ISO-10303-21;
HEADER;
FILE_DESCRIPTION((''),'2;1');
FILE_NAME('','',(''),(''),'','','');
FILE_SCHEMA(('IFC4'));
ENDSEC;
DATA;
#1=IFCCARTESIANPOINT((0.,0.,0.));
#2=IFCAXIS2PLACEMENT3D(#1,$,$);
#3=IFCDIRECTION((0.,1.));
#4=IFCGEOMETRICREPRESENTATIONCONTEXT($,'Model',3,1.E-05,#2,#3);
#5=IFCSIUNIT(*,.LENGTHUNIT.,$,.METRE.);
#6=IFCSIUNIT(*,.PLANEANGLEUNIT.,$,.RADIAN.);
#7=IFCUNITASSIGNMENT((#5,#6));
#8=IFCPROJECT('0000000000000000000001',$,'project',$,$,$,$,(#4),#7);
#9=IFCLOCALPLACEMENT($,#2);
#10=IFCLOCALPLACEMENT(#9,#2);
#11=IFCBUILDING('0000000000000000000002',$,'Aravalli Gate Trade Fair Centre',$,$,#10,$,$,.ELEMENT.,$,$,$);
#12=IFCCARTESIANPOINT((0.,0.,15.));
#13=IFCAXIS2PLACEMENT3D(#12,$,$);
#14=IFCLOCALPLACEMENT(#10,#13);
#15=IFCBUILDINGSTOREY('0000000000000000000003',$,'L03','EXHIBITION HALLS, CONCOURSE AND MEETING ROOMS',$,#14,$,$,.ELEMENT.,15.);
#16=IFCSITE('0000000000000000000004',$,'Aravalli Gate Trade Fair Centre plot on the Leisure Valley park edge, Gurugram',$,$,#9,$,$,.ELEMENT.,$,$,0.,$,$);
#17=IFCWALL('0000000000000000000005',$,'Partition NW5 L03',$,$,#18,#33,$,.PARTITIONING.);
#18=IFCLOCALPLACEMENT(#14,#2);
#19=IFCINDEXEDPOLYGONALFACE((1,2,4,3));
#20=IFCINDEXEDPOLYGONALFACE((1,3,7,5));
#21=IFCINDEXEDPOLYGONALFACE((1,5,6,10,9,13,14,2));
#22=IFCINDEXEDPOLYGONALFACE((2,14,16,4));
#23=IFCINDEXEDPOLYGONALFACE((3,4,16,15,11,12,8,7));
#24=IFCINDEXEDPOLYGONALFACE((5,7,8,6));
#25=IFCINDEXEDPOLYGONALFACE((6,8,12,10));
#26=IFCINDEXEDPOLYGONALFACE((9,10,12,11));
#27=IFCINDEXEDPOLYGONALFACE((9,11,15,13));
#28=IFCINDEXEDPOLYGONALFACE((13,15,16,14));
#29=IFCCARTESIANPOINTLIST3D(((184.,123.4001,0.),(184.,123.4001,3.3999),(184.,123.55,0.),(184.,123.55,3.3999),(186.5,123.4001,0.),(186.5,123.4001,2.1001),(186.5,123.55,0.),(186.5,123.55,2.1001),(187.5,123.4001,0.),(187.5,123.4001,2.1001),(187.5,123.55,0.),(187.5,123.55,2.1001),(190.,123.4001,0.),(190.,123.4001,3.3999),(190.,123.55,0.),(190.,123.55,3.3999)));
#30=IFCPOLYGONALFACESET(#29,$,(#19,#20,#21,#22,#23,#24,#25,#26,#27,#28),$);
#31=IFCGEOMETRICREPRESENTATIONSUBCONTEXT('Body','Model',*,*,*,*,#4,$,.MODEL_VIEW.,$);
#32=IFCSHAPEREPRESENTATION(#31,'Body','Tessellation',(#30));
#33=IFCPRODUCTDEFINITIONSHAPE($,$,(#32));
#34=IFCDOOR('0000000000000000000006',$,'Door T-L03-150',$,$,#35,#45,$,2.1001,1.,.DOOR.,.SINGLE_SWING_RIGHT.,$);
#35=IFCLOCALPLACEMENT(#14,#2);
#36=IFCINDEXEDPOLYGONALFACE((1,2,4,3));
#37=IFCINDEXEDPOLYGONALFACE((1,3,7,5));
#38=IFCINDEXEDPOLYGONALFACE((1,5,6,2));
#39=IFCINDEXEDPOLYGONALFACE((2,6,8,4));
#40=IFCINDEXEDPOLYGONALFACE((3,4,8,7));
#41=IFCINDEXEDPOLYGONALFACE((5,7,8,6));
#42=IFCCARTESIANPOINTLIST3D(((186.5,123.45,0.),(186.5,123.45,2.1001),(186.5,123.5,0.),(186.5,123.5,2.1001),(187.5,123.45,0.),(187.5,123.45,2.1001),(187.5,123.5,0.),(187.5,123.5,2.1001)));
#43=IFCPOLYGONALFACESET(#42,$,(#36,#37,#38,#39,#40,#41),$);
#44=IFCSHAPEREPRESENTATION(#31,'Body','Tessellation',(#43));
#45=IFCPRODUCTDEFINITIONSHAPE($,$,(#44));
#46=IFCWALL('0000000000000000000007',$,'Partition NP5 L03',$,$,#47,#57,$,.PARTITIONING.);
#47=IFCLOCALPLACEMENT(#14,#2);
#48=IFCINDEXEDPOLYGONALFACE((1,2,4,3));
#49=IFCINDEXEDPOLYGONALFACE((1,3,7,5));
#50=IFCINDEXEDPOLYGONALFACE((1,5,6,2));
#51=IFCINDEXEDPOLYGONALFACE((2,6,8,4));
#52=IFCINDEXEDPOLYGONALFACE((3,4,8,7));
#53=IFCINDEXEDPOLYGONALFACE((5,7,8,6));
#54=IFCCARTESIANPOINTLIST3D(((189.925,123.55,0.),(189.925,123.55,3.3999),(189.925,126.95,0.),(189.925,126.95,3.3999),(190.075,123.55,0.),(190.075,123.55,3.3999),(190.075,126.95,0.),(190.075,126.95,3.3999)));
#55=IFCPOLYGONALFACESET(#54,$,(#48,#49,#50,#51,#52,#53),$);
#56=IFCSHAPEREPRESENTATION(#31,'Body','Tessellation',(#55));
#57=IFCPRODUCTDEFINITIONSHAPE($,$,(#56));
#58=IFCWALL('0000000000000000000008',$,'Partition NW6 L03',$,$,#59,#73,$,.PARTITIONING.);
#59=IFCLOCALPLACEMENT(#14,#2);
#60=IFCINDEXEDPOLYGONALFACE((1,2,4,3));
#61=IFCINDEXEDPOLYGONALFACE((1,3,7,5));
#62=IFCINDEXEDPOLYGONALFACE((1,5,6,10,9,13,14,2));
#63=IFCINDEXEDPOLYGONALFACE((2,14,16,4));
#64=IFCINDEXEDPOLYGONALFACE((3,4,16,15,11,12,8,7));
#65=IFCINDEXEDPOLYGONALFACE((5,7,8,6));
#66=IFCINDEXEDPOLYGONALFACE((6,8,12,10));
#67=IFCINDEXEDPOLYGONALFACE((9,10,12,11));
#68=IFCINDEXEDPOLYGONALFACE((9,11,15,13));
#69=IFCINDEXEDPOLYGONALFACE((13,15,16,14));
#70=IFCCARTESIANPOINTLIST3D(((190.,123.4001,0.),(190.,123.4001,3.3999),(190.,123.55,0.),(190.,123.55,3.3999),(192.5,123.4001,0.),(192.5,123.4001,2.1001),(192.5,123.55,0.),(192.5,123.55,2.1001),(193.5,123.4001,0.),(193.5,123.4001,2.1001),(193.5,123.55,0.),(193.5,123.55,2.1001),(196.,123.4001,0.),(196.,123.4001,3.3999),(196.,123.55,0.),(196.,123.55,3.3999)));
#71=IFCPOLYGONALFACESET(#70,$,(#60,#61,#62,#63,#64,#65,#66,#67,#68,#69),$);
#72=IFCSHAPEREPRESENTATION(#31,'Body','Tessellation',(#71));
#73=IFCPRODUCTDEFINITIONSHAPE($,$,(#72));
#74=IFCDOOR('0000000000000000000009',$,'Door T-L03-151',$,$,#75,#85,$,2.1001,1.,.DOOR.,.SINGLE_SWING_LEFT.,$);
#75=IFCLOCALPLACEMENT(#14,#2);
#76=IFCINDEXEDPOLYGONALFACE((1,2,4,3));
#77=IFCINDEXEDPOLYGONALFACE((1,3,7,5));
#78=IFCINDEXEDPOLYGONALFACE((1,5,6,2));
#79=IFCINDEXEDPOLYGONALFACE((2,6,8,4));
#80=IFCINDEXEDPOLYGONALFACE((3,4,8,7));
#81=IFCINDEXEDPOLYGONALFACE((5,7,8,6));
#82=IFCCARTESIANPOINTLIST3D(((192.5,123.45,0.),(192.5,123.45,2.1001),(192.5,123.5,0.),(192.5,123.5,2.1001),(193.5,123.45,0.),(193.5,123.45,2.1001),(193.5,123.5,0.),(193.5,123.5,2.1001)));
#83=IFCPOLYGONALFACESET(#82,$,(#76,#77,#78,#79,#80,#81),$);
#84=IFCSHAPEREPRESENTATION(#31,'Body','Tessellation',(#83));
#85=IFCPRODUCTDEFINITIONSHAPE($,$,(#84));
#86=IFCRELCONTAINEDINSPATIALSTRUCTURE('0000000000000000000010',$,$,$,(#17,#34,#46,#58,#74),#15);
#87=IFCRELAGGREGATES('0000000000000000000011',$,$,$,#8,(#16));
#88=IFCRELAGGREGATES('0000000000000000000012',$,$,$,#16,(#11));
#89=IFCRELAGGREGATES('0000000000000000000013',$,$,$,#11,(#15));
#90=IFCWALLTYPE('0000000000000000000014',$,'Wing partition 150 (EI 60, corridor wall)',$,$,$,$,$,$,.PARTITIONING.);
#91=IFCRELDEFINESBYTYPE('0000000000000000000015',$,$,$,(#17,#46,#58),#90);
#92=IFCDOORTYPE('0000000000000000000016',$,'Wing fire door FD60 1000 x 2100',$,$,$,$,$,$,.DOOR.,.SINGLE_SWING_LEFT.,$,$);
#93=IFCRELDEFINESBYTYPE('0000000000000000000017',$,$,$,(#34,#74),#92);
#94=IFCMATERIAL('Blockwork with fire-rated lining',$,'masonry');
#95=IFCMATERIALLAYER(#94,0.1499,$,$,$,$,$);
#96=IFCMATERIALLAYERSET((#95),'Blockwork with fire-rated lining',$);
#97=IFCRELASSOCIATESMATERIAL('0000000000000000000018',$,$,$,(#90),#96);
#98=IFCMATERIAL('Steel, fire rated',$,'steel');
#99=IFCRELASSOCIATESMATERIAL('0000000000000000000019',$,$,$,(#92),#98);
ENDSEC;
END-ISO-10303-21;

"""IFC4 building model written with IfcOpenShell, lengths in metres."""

from ifc_helpers import new_model, si_unit, direction, frame, frame_2d, origin, place, context, subcontext, project, spatial, rectangle, extrude, material, layer, layer_set, type_object, element, fill, save


model = new_model("IFC4")

# Units and contexts
model_context = context("Model", 3, precision=1e-05, world=origin(), true_north=direction((0.0, 1.0)))
body_context = subcontext(model_context, "Body", "Model", "MODEL_VIEW")
ifc_project = project(units=[si_unit("LENGTHUNIT", "METRE"), si_unit("PLANEANGLEUNIT", "RADIAN")], contexts=[model_context])

# Site, building, storey
site_placement = place(None, origin())
site = spatial("IfcSite", under=ifc_project, at=site_placement, Name="Aravalli Gate Trade Fair Centre plot on the Leisure Valley park edge, Gurugram", CompositionType="ELEMENT", RefElevation=0.0)
building_placement = place(site_placement, origin())
building = spatial("IfcBuilding", under=site, at=building_placement, Name="Aravalli Gate Trade Fair Centre", CompositionType="ELEMENT")
storey_placement = place(building_placement, frame((0.0, 0.0, 15.0)))
storey = spatial("IfcBuildingStorey", under=building, at=storey_placement, Name="L03", Description="EXHIBITION HALLS, CONCOURSE AND MEETING ROOMS", CompositionType="ELEMENT", Elevation=15.0)

# Shared definitions
ifc_material_1 = material(Name="Blockwork with fire-rated lining", Category="masonry")

# Shared definitions
ifc_material_2 = material(Name="Steel, fire rated", Category="steel")

# Wall, opening, door
ifc_layer_1 = layer(ifc_material_1, 0.1499)
ifc_layer_set_1 = layer_set([ifc_layer_1], Name="Blockwork with fire-rated lining")
wall_type_1 = type_object("IfcWallType", Name="Wing partition 150 (EI 60, corridor wall)", PredefinedType="PARTITIONING", material=ifc_layer_set_1)
wall_1_placement = place(storey_placement, frame((184.0, 123.4751, 0.0), z_axis=(0.0, 0.0, 1.0), x_axis=(1.0, 0.0, 0.0)))
wall_1 = element("IfcWall", 1, at=wall_1_placement, inside=storey, type_object=wall_type_1, Name="Partition NW5 L03", PredefinedType="PARTITIONING", context=body_context, shape_type="SweptSolid", body=[
    extrude(rectangle(XDim=6.0, YDim=0.1499, at=frame_2d((3.0, 0.0))), origin(), (0.0, 0.0, 1.0), 3.3999),
])
opening_1_placement = place(wall_1_placement, frame((2.5, 0.0, 0.0)))
opening_1 = element("IfcOpeningElement", 2, at=opening_1_placement, cuts=wall_1, PredefinedType="OPENING", context=body_context, shape_type="SweptSolid", body=[
    extrude(rectangle(XDim=1.0, YDim=2.1001, at=frame_2d((0.5, 1.05))), frame((0.0, 0.085, 0.0), z_axis=(0.0, -1.0, 0.0), x_axis=(1.0, 0.0, 0.0)), (0.0, 0.0, 1.0), 0.1699),
])
door_type_1 = type_object("IfcDoorType", Name="Wing fire door FD60 1000 x 2100", OperationType="SINGLE_SWING_LEFT", PredefinedType="DOOR", material=ifc_material_2)
door_1_placement = place(opening_1_placement, origin())
door_1 = element("IfcDoor", 3, at=door_1_placement, inside=storey, type_object=door_type_1, Name="Door T-L03-150", OperationType="SINGLE_SWING_RIGHT", OverallHeight=2.1001, OverallWidth=1.0, PredefinedType="DOOR", context=body_context, shape_type="SweptSolid", body=[
    extrude(rectangle(XDim=1.0, YDim=2.1001, at=frame_2d((0.5, 1.05))), frame((0.0, 0.0249, 0.0), z_axis=(0.0, -1.0, 0.0), x_axis=(1.0, 0.0, 0.0)), (0.0, 0.0, 1.0), 0.05),
])
fill(opening_1, door_1)

# Wall
wall_2_placement = place(storey_placement, frame((190.0, 123.55, 0.0), z_axis=(0.0, 0.0, 1.0), x_axis=(0.0, 1.0, 0.0)))
element("IfcWall", 4, at=wall_2_placement, inside=storey, type_object=wall_type_1, Name="Partition NP5 L03", PredefinedType="PARTITIONING", context=body_context, shape_type="SweptSolid", body=[
    extrude(rectangle(XDim=3.3999, YDim=0.1499, at=frame_2d((1.7, 0.0))), origin(), (0.0, 0.0, 1.0), 3.3999),
])

# Wall, opening, door
wall_3_placement = place(storey_placement, frame((190.0, 123.4751, 0.0), z_axis=(0.0, 0.0, 1.0), x_axis=(1.0, 0.0, 0.0)))
wall_3 = element("IfcWall", 5, at=wall_3_placement, inside=storey, type_object=wall_type_1, Name="Partition NW6 L03", PredefinedType="PARTITIONING", context=body_context, shape_type="SweptSolid", body=[
    extrude(rectangle(XDim=6.0, YDim=0.1499, at=frame_2d((3.0, 0.0))), origin(), (0.0, 0.0, 1.0), 3.3999),
])
opening_2_placement = place(wall_3_placement, frame((2.5, 0.0, 0.0)))
opening_2 = element("IfcOpeningElement", 6, at=opening_2_placement, cuts=wall_3, PredefinedType="OPENING", context=body_context, shape_type="SweptSolid", body=[
    extrude(rectangle(XDim=1.0, YDim=2.1001, at=frame_2d((0.5, 1.05))), frame((0.0, 0.085, 0.0), z_axis=(0.0, -1.0, 0.0), x_axis=(1.0, 0.0, 0.0)), (0.0, 0.0, 1.0), 0.1699),
])
door_2_placement = place(opening_2_placement, origin())
door_2 = element("IfcDoor", 7, at=door_2_placement, inside=storey, type_object=door_type_1, Name="Door T-L03-151", OperationType="SINGLE_SWING_LEFT", OverallHeight=2.1001, OverallWidth=1.0, PredefinedType="DOOR", context=body_context, shape_type="SweptSolid", body=[
    extrude(rectangle(XDim=1.0, YDim=2.1001, at=frame_2d((0.5, 1.05))), frame((0.0, 0.0249, 0.0), z_axis=(0.0, -1.0, 0.0), x_axis=(1.0, 0.0, 0.0)), (0.0, 0.0, 1.0), 0.05),
])
fill(opening_2, door_2)

save(model, "model.ifc")
